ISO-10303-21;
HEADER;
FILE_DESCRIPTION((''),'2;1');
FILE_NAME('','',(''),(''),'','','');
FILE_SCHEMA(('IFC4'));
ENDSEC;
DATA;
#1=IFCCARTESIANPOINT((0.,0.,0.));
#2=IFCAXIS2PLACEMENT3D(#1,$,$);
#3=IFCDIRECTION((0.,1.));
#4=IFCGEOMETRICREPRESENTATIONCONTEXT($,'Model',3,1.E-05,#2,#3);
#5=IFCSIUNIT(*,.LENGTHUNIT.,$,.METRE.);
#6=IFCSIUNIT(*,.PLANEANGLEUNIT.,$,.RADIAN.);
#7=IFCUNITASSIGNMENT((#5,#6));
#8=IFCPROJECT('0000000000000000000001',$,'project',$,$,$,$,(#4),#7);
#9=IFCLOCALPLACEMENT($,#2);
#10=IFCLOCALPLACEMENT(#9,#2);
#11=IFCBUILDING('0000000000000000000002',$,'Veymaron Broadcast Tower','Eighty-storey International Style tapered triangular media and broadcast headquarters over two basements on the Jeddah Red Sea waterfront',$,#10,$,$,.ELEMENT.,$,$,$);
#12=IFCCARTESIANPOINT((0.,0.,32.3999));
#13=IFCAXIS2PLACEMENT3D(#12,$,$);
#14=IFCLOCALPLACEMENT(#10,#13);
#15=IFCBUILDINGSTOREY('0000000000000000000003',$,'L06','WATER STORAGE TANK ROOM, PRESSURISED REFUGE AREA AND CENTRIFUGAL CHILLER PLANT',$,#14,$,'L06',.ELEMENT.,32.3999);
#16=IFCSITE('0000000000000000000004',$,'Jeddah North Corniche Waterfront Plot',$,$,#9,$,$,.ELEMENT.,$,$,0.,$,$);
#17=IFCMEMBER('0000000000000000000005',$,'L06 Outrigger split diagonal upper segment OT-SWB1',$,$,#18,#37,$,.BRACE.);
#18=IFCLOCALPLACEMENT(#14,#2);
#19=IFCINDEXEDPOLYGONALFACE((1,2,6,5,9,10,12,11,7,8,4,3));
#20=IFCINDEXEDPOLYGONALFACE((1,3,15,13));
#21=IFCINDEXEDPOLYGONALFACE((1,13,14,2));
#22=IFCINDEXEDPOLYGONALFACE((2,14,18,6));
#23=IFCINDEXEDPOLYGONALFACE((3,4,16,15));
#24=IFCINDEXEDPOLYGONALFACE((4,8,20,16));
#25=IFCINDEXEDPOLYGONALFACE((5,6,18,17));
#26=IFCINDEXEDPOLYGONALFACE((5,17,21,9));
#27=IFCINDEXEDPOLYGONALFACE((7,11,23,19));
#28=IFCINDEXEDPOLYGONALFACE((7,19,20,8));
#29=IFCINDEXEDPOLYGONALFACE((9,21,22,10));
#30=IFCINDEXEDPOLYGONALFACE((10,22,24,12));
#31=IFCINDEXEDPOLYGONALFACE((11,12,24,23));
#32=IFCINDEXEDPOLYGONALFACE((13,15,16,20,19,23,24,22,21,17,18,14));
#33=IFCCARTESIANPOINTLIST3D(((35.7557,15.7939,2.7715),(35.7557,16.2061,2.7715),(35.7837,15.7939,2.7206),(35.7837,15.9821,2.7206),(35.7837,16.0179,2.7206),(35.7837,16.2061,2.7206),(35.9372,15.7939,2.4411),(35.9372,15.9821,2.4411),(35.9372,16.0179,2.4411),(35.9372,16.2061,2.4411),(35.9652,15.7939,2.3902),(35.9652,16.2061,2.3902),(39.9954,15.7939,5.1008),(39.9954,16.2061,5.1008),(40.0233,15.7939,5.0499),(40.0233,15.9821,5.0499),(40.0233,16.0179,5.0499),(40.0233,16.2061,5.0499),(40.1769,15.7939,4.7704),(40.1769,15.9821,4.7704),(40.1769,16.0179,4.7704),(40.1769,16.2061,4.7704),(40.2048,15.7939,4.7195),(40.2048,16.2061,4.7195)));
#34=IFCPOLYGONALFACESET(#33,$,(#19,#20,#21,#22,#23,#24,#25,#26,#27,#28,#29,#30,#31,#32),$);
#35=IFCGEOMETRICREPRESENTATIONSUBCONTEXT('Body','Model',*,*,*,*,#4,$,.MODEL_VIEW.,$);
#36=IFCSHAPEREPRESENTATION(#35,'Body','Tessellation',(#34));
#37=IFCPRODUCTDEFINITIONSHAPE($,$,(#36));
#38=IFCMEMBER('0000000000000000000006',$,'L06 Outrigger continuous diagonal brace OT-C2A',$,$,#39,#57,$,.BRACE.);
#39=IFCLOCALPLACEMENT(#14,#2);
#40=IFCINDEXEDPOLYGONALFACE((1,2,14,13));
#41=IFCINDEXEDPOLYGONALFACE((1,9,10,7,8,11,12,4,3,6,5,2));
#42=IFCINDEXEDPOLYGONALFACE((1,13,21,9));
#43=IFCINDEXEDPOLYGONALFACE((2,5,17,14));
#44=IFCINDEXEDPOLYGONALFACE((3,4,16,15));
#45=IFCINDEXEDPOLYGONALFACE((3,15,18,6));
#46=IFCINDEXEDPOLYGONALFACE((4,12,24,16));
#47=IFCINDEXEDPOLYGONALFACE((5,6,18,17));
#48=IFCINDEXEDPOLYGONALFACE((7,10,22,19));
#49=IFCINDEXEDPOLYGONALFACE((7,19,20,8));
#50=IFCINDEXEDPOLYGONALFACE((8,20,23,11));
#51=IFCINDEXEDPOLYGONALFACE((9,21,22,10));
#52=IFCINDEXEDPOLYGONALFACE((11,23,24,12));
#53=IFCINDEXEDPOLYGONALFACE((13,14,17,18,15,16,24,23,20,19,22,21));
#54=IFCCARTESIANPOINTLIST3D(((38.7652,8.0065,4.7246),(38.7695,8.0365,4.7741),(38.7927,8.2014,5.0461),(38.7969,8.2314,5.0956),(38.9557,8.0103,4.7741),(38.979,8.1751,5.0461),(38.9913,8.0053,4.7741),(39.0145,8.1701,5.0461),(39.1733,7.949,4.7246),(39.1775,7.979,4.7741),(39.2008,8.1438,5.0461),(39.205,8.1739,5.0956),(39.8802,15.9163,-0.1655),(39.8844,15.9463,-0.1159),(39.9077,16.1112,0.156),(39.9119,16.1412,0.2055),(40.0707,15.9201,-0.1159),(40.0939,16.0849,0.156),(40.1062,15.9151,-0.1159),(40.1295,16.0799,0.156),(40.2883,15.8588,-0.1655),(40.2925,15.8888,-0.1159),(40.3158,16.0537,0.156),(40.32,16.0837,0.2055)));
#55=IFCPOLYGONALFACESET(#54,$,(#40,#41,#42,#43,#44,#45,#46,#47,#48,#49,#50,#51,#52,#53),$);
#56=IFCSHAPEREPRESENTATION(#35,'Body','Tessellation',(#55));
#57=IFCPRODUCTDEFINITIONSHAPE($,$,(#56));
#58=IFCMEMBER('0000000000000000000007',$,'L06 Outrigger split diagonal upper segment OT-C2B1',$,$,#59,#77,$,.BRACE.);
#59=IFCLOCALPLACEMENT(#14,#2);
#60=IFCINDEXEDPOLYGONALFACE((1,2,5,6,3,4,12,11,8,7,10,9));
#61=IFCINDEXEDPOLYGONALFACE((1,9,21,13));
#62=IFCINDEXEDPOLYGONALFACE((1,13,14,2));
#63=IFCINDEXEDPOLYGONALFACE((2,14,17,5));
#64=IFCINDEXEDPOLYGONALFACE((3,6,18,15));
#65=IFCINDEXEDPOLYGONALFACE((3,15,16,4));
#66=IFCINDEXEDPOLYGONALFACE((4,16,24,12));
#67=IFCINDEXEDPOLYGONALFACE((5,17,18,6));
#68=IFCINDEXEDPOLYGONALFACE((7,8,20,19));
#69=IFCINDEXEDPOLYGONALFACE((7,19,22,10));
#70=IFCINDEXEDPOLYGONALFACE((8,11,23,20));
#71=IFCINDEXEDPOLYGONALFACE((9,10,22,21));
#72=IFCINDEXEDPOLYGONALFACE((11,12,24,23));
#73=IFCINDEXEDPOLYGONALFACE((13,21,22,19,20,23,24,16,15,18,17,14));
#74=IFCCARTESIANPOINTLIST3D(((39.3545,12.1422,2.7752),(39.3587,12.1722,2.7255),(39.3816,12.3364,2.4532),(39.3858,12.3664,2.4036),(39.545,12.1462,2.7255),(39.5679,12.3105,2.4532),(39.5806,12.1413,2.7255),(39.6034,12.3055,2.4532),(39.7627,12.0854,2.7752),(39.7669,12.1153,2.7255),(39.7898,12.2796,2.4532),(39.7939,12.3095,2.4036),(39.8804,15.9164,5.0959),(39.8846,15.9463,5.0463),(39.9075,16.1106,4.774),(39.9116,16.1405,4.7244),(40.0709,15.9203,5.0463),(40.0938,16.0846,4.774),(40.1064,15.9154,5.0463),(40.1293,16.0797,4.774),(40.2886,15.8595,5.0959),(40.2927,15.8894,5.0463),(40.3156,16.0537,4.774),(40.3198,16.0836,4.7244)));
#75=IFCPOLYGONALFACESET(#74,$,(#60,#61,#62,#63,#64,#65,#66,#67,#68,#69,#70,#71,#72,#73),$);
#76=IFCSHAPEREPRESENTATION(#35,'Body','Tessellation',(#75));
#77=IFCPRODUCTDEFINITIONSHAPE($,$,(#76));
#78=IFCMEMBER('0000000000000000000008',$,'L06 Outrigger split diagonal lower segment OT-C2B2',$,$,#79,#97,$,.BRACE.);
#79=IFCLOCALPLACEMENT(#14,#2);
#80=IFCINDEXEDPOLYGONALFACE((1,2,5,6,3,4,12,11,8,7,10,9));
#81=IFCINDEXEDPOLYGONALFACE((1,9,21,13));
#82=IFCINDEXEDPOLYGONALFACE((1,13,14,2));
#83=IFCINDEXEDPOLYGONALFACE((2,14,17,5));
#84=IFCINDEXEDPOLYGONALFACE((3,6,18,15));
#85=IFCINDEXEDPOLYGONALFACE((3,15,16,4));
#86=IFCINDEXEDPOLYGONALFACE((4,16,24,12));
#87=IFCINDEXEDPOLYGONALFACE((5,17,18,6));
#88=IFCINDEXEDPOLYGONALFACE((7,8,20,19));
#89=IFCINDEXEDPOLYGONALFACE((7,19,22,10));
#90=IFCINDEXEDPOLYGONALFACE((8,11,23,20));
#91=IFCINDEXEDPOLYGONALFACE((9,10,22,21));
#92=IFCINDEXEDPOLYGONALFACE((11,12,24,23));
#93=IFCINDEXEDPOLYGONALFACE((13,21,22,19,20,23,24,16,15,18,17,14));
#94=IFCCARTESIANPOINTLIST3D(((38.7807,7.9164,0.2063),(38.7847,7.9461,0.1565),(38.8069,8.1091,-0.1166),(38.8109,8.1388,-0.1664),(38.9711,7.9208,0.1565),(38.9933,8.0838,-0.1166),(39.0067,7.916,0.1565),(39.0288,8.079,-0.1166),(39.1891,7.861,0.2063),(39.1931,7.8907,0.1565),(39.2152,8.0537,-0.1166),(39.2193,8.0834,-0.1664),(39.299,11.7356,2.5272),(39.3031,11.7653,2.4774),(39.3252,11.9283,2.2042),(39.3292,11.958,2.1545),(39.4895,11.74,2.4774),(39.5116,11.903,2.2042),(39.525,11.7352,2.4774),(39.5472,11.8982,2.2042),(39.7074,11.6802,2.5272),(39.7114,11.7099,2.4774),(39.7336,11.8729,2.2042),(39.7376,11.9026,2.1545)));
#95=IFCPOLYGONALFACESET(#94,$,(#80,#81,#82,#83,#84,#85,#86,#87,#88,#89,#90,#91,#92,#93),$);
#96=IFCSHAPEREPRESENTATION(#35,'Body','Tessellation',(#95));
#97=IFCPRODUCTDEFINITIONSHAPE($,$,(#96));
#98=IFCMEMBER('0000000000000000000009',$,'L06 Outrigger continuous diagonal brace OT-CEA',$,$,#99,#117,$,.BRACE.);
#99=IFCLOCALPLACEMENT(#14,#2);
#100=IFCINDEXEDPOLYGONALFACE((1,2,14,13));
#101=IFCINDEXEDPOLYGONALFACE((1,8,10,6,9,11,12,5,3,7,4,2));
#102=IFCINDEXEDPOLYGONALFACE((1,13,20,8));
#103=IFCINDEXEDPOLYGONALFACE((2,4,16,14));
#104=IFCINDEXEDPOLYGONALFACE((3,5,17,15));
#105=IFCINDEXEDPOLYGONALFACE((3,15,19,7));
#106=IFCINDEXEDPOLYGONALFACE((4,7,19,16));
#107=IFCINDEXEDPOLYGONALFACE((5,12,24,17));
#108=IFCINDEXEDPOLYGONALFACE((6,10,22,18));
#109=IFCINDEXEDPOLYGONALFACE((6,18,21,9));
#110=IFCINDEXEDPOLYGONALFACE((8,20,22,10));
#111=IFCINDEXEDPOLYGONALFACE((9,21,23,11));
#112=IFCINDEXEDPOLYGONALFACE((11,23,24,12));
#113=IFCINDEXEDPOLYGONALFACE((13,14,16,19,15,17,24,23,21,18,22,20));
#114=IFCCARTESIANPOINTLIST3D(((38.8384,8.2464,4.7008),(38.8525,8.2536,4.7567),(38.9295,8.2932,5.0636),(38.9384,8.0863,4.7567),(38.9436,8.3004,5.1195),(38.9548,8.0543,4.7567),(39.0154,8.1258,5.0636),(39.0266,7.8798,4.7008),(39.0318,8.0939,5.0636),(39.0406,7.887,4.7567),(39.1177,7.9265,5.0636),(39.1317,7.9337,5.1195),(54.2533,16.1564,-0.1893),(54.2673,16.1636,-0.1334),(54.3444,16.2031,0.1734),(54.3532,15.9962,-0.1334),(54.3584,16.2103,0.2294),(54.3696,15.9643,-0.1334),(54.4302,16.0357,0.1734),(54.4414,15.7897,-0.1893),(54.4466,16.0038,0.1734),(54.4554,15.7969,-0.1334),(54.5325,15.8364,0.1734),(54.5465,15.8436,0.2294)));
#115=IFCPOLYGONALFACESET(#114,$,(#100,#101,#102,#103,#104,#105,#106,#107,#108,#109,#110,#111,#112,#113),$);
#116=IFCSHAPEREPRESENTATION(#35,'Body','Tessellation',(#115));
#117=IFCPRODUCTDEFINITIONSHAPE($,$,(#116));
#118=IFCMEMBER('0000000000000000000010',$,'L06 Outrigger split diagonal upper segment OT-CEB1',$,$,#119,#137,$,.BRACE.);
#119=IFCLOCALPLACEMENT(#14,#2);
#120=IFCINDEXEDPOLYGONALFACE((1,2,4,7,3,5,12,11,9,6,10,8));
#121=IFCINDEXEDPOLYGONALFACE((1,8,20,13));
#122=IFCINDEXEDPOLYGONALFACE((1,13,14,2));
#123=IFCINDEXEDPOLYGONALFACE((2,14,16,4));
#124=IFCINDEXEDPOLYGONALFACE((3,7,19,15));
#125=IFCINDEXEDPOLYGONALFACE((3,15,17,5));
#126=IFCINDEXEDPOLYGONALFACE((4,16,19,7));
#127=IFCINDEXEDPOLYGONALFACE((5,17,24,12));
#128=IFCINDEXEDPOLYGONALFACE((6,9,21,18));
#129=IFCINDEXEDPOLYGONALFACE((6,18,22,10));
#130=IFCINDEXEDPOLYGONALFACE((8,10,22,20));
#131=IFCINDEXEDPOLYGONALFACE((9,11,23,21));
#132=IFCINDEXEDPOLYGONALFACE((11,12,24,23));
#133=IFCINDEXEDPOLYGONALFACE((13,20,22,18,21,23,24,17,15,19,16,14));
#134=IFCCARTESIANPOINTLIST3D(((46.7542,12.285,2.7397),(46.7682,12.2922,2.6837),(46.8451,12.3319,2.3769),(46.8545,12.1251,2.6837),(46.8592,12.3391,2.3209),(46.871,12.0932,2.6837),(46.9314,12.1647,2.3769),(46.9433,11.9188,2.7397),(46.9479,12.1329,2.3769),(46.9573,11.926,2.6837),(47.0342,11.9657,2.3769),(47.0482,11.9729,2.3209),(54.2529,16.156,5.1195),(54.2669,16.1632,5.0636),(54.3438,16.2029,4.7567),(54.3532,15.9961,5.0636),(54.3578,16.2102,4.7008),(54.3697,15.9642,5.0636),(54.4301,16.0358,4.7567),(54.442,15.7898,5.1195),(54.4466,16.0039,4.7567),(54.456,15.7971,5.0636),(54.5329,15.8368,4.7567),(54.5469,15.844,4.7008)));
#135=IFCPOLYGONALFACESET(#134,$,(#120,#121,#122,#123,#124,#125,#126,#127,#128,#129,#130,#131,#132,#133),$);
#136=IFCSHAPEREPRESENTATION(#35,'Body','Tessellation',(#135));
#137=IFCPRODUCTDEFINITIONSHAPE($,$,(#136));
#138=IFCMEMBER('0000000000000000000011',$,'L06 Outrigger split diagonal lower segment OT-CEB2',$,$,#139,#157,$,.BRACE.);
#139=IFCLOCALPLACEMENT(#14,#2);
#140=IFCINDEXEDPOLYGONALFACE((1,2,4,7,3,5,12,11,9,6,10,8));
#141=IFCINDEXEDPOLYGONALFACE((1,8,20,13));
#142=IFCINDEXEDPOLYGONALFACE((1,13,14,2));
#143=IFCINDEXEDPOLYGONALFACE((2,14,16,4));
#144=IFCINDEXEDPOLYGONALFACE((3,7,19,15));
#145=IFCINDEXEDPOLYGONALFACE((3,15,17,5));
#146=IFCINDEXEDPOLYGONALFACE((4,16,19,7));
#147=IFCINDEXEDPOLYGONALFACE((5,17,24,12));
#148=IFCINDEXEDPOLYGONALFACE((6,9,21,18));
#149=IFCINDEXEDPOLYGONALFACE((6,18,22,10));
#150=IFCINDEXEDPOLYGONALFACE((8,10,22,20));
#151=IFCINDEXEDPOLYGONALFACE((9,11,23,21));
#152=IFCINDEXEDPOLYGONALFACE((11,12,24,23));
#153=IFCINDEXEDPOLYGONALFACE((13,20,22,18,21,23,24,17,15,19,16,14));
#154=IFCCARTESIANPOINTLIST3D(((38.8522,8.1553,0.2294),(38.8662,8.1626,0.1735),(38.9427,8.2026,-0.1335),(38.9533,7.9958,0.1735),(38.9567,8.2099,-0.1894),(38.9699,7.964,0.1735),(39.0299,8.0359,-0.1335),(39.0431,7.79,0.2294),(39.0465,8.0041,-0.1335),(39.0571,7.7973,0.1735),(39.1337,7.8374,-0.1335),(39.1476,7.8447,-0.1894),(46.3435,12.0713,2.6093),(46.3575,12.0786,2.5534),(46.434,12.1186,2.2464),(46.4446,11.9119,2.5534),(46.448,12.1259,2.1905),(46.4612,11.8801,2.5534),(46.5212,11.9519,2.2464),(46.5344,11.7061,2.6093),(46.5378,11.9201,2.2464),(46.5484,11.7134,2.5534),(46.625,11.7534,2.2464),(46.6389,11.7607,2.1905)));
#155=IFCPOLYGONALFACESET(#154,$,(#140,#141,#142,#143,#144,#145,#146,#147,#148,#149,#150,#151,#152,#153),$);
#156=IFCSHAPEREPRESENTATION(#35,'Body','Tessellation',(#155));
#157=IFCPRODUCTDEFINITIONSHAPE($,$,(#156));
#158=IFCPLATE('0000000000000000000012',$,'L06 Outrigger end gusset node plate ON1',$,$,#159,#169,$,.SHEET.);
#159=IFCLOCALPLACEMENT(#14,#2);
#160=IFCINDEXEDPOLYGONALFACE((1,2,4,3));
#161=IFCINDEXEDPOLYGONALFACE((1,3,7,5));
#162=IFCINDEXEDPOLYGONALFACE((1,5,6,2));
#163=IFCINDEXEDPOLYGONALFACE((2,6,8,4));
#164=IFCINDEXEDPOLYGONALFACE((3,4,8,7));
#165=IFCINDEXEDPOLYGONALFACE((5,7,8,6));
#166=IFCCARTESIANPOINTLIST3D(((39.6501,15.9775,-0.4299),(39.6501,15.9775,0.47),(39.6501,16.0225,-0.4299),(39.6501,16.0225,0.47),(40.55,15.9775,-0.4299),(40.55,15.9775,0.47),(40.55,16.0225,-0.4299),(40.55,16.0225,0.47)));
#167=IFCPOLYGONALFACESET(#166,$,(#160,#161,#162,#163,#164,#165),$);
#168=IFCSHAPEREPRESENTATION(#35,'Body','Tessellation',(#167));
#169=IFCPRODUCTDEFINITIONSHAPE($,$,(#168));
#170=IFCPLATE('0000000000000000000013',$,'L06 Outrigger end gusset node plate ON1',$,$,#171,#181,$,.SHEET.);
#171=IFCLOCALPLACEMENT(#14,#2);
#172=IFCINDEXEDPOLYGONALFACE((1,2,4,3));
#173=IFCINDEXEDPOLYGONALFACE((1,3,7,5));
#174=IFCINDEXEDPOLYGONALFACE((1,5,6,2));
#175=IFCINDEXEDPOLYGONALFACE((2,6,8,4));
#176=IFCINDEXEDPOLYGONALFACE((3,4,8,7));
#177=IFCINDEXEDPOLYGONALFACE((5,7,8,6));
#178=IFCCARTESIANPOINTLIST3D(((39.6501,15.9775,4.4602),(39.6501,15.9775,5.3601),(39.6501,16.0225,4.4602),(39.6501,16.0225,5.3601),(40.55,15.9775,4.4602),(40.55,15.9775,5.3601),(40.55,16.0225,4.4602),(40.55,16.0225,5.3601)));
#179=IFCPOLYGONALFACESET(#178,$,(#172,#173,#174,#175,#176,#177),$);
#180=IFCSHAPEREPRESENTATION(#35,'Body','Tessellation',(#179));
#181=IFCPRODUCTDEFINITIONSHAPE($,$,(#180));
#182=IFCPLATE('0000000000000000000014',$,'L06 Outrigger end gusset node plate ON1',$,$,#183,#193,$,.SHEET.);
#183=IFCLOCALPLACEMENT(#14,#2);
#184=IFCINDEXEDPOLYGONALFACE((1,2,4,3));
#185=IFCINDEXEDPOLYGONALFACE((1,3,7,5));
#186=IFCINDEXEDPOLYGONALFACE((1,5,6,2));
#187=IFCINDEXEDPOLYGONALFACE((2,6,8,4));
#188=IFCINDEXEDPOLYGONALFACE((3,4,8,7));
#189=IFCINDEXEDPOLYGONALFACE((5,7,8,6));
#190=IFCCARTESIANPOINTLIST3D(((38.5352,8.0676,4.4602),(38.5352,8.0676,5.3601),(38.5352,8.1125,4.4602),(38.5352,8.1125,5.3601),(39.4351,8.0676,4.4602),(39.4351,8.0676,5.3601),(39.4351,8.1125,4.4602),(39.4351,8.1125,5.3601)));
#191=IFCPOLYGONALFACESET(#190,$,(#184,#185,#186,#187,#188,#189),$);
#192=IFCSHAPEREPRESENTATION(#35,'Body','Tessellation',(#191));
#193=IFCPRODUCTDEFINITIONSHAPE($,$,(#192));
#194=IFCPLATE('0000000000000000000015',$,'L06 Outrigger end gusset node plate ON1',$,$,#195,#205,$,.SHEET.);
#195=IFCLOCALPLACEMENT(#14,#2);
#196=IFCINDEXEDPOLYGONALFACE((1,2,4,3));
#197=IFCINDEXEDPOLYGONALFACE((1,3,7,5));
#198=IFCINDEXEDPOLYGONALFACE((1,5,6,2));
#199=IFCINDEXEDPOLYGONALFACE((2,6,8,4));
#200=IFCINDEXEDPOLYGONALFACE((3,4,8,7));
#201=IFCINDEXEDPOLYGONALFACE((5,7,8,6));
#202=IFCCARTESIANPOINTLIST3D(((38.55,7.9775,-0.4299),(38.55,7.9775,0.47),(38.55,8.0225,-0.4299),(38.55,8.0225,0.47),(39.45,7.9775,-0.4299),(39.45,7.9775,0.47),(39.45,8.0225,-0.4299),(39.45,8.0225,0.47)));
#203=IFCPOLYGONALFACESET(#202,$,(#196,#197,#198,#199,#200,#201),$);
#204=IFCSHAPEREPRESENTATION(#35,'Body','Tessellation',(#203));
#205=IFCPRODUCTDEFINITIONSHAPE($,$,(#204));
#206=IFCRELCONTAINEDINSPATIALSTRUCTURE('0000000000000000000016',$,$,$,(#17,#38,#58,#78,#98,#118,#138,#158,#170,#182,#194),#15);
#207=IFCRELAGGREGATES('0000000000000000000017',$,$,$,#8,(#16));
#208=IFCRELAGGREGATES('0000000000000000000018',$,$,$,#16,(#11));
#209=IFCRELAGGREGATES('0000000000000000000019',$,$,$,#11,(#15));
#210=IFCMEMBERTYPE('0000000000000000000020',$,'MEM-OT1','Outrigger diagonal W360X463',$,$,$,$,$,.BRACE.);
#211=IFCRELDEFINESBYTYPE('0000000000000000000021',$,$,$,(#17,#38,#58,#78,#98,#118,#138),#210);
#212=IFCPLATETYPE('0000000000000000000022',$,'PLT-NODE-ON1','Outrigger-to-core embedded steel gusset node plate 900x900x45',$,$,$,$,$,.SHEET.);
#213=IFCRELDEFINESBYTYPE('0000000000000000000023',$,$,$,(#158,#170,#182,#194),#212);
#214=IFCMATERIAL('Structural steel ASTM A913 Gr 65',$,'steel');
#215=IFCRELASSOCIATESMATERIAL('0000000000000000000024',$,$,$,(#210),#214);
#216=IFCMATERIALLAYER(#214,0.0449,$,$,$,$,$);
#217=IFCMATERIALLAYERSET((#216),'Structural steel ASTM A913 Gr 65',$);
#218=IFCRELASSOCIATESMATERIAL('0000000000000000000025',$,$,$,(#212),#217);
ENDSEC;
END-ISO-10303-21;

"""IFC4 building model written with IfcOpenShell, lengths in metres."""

from ifc_helpers import new_model, si_unit, direction, frame, origin, origin_2d, place, context, subcontext, project, spatial, rectangle, i_section, extrude, material, layer, layer_set, material_profile, profile_set, type_object, element, save


model = new_model("IFC4")

# Units and contexts
model_context = context("Model", 3, precision=1e-05, world=origin(), true_north=direction((0.0, 1.0)))
body_context = subcontext(model_context, "Body", "Model", "MODEL_VIEW")
ifc_project = project(units=[si_unit("LENGTHUNIT", "METRE"), si_unit("PLANEANGLEUNIT", "RADIAN")], contexts=[model_context])

# Site, building, storey
site_placement = place(None, origin())
site = spatial("IfcSite", under=ifc_project, at=site_placement, Name="Jeddah North Corniche Waterfront Plot", CompositionType="ELEMENT", RefElevation=0.0)
building_placement = place(site_placement, origin())
building = spatial("IfcBuilding", under=site, at=building_placement, Name="Veymaron Broadcast Tower", Description="Eighty-storey International Style tapered triangular media and broadcast headquarters over two basements on the Jeddah Red Sea waterfront", CompositionType="ELEMENT")
storey_placement = place(building_placement, frame((0.0, 0.0, 32.3999)))
storey = spatial("IfcBuildingStorey", under=building, at=storey_placement, Name="L06", Description="WATER STORAGE TANK ROOM, PRESSURISED REFUGE AREA AND CENTRIFUGAL CHILLER PLANT", LongName="L06", CompositionType="ELEMENT", Elevation=32.3999)

# Shared definitions
ifc_material_1 = material(Name="Structural steel ASTM A913 Gr 65", Category="steel")

# Members
ifc_material_profile_1 = material_profile(ifc_material_1, i_section(OverallWidth=0.4121, OverallDepth=0.4351, WebThickness=0.0359, FlangeThickness=0.0581, at=origin_2d()), Name="W360X463")
ifc_profile_set_1 = profile_set([ifc_material_profile_1], Name="Structural steel ASTM A913 Gr 65")
member_type = type_object("IfcMemberType", Name="MEM-OT1", Description="Outrigger diagonal W360X463", PredefinedType="BRACE", material=ifc_profile_set_1)
member_1_placement = place(storey_placement, frame((40.1001, 16.0, 4.9102), z_axis=(-0.876435, 0.0, -0.48152), x_axis=(0.0, -1.0, 0.0)))
element("IfcMember", 1, at=member_1_placement, inside=storey, type_object=member_type, Name="L06 Outrigger split diagonal upper segment OT-SWB1", PredefinedType="BRACE", context=body_context, shape_type="SweptSolid", body=[
    extrude(i_section(OverallWidth=0.4121, OverallDepth=0.4351, WebThickness=0.0359, FlangeThickness=0.0581, at=origin_2d()), origin(), (0.0, 0.0, 1.0), 4.8374),
])
member_2_placement = place(storey_placement, frame((40.1001, 16.0, 0.02), z_axis=(-0.119046, -0.844528, 0.522112), x_axis=(0.990211, -0.139581, 0.0)))
element("IfcMember", 2, at=member_2_placement, inside=storey, type_object=member_type, Name="L06 Outrigger continuous diagonal brace OT-C2A", PredefinedType="BRACE", context=body_context, shape_type="SweptSolid", body=[
    extrude(i_section(OverallWidth=0.4121, OverallDepth=0.4351, WebThickness=0.0359, FlangeThickness=0.0581, at=origin_2d()), origin(), (0.0, 0.0, 1.0), 9.366),
])
member_3_placement = place(storey_placement, frame((40.1001, 16.0, 4.9102), z_axis=(-0.117864, -0.845899, -0.520157), x_axis=(0.990432, -0.138003, 0.0)))
element("IfcMember", 3, at=member_3_placement, inside=storey, type_object=member_type, Name="L06 Outrigger split diagonal upper segment OT-C2B1", PredefinedType="BRACE", context=body_context, shape_type="SweptSolid", body=[
    extrude(i_section(OverallWidth=0.4121, OverallDepth=0.4351, WebThickness=0.0359, FlangeThickness=0.0581, at=origin_2d()), origin(), (0.0, 0.0, 1.0), 4.4617),
])
member_4_placement = place(storey_placement, frame((39.5183, 11.8191, 2.3408), z_axis=(-0.115208, -0.848892, -0.515858), x_axis=(0.990916, -0.134483, 0.0)))
element("IfcMember", 4, at=member_4_placement, inside=storey, type_object=member_type, Name="L06 Outrigger split diagonal lower segment OT-C2B2", PredefinedType="BRACE", context=body_context, shape_type="SweptSolid", body=[
    extrude(i_section(OverallWidth=0.4121, OverallDepth=0.4351, WebThickness=0.0359, FlangeThickness=0.0581, at=origin_2d()), origin(), (0.0, 0.0, 1.0), 4.499),
])
member_5_placement = place(storey_placement, frame((54.3999, 16.0, 0.02), z_axis=(-0.856251, -0.439374, 0.271634), x_axis=(0.45654, -0.889703, 0.0)))
element("IfcMember", 5, at=member_5_placement, inside=storey, type_object=member_type, Name="L06 Outrigger continuous diagonal brace OT-CEA", PredefinedType="BRACE", context=body_context, shape_type="SweptSolid", body=[
    extrude(i_section(OverallWidth=0.4121, OverallDepth=0.4351, WebThickness=0.0359, FlangeThickness=0.0581, at=origin_2d()), origin(), (0.0, 0.0, 1.0), 18.0027),
])
member_6_placement = place(storey_placement, frame((54.3999, 16.0, 4.9102), z_axis=(-0.855227, -0.441494, -0.271423), x_axis=(0.458714, -0.888584, 0.0)))
element("IfcMember", 6, at=member_6_placement, inside=storey, type_object=member_type, Name="L06 Outrigger split diagonal upper segment OT-CEB1", PredefinedType="BRACE", context=body_context, shape_type="SweptSolid", body=[
    extrude(i_section(OverallWidth=0.4121, OverallDepth=0.4351, WebThickness=0.0359, FlangeThickness=0.0581, at=origin_2d()), origin(), (0.0, 0.0, 1.0), 8.7681),
])
member_7_placement = place(storey_placement, frame((46.4912, 11.916, 2.3999), z_axis=(-0.853053, -0.445932, -0.271007), x_axis=(0.463269, -0.886218, 0.0)))
element("IfcMember", 7, at=member_7_placement, inside=storey, type_object=member_type, Name="L06 Outrigger split diagonal lower segment OT-CEB2", PredefinedType="BRACE", context=body_context, shape_type="SweptSolid", body=[
    extrude(i_section(OverallWidth=0.4121, OverallDepth=0.4351, WebThickness=0.0359, FlangeThickness=0.0581, at=origin_2d()), origin(), (0.0, 0.0, 1.0), 8.7817),
])

# Plates
ifc_layer_1 = layer(ifc_material_1, 0.0449)
ifc_layer_set_1 = layer_set([ifc_layer_1], Name="Structural steel ASTM A913 Gr 65")
plate_type_1 = type_object("IfcPlateType", Name="PLT-NODE-ON1", Description="Outrigger-to-core embedded steel gusset node plate 900x900x45", PredefinedType="SHEET", material=ifc_layer_set_1)
for number, where, z_axis, x_axis, name in (
    (8, (40.1001, 16.0, -0.4299), (0.0, 0.0, 1.0), (1.0, 0.0, 0.0), "L06 Outrigger end gusset node plate ON1"),
    (9, (40.1001, 16.0, 4.4602), (0.0, 0.0, 1.0), (1.0, 0.0, 0.0), "L06 Outrigger end gusset node plate ON1"),
    (10, (38.9851, 8.0901, 4.4602), (0.0, 0.0, 1.0), (1.0, 0.0, 0.0), "L06 Outrigger end gusset node plate ON1"),
    (11, (39.0, 8.0, -0.4299), (0.0, 0.0, 1.0), (1.0, 0.0, 0.0), "L06 Outrigger end gusset node plate ON1"),
):
    element("IfcPlate", number, at=place(storey_placement, frame(where, z_axis=z_axis, x_axis=x_axis)), inside=storey, type_object=plate_type_1, Name=name, PredefinedType="SHEET", context=body_context, shape_type="SweptSolid", body=[
        extrude(rectangle(XDim=0.8999, YDim=0.0449, at=origin_2d()), origin(), (0.0, 0.0, 1.0), 0.8999),
    ])

save(model, "model.ifc")
